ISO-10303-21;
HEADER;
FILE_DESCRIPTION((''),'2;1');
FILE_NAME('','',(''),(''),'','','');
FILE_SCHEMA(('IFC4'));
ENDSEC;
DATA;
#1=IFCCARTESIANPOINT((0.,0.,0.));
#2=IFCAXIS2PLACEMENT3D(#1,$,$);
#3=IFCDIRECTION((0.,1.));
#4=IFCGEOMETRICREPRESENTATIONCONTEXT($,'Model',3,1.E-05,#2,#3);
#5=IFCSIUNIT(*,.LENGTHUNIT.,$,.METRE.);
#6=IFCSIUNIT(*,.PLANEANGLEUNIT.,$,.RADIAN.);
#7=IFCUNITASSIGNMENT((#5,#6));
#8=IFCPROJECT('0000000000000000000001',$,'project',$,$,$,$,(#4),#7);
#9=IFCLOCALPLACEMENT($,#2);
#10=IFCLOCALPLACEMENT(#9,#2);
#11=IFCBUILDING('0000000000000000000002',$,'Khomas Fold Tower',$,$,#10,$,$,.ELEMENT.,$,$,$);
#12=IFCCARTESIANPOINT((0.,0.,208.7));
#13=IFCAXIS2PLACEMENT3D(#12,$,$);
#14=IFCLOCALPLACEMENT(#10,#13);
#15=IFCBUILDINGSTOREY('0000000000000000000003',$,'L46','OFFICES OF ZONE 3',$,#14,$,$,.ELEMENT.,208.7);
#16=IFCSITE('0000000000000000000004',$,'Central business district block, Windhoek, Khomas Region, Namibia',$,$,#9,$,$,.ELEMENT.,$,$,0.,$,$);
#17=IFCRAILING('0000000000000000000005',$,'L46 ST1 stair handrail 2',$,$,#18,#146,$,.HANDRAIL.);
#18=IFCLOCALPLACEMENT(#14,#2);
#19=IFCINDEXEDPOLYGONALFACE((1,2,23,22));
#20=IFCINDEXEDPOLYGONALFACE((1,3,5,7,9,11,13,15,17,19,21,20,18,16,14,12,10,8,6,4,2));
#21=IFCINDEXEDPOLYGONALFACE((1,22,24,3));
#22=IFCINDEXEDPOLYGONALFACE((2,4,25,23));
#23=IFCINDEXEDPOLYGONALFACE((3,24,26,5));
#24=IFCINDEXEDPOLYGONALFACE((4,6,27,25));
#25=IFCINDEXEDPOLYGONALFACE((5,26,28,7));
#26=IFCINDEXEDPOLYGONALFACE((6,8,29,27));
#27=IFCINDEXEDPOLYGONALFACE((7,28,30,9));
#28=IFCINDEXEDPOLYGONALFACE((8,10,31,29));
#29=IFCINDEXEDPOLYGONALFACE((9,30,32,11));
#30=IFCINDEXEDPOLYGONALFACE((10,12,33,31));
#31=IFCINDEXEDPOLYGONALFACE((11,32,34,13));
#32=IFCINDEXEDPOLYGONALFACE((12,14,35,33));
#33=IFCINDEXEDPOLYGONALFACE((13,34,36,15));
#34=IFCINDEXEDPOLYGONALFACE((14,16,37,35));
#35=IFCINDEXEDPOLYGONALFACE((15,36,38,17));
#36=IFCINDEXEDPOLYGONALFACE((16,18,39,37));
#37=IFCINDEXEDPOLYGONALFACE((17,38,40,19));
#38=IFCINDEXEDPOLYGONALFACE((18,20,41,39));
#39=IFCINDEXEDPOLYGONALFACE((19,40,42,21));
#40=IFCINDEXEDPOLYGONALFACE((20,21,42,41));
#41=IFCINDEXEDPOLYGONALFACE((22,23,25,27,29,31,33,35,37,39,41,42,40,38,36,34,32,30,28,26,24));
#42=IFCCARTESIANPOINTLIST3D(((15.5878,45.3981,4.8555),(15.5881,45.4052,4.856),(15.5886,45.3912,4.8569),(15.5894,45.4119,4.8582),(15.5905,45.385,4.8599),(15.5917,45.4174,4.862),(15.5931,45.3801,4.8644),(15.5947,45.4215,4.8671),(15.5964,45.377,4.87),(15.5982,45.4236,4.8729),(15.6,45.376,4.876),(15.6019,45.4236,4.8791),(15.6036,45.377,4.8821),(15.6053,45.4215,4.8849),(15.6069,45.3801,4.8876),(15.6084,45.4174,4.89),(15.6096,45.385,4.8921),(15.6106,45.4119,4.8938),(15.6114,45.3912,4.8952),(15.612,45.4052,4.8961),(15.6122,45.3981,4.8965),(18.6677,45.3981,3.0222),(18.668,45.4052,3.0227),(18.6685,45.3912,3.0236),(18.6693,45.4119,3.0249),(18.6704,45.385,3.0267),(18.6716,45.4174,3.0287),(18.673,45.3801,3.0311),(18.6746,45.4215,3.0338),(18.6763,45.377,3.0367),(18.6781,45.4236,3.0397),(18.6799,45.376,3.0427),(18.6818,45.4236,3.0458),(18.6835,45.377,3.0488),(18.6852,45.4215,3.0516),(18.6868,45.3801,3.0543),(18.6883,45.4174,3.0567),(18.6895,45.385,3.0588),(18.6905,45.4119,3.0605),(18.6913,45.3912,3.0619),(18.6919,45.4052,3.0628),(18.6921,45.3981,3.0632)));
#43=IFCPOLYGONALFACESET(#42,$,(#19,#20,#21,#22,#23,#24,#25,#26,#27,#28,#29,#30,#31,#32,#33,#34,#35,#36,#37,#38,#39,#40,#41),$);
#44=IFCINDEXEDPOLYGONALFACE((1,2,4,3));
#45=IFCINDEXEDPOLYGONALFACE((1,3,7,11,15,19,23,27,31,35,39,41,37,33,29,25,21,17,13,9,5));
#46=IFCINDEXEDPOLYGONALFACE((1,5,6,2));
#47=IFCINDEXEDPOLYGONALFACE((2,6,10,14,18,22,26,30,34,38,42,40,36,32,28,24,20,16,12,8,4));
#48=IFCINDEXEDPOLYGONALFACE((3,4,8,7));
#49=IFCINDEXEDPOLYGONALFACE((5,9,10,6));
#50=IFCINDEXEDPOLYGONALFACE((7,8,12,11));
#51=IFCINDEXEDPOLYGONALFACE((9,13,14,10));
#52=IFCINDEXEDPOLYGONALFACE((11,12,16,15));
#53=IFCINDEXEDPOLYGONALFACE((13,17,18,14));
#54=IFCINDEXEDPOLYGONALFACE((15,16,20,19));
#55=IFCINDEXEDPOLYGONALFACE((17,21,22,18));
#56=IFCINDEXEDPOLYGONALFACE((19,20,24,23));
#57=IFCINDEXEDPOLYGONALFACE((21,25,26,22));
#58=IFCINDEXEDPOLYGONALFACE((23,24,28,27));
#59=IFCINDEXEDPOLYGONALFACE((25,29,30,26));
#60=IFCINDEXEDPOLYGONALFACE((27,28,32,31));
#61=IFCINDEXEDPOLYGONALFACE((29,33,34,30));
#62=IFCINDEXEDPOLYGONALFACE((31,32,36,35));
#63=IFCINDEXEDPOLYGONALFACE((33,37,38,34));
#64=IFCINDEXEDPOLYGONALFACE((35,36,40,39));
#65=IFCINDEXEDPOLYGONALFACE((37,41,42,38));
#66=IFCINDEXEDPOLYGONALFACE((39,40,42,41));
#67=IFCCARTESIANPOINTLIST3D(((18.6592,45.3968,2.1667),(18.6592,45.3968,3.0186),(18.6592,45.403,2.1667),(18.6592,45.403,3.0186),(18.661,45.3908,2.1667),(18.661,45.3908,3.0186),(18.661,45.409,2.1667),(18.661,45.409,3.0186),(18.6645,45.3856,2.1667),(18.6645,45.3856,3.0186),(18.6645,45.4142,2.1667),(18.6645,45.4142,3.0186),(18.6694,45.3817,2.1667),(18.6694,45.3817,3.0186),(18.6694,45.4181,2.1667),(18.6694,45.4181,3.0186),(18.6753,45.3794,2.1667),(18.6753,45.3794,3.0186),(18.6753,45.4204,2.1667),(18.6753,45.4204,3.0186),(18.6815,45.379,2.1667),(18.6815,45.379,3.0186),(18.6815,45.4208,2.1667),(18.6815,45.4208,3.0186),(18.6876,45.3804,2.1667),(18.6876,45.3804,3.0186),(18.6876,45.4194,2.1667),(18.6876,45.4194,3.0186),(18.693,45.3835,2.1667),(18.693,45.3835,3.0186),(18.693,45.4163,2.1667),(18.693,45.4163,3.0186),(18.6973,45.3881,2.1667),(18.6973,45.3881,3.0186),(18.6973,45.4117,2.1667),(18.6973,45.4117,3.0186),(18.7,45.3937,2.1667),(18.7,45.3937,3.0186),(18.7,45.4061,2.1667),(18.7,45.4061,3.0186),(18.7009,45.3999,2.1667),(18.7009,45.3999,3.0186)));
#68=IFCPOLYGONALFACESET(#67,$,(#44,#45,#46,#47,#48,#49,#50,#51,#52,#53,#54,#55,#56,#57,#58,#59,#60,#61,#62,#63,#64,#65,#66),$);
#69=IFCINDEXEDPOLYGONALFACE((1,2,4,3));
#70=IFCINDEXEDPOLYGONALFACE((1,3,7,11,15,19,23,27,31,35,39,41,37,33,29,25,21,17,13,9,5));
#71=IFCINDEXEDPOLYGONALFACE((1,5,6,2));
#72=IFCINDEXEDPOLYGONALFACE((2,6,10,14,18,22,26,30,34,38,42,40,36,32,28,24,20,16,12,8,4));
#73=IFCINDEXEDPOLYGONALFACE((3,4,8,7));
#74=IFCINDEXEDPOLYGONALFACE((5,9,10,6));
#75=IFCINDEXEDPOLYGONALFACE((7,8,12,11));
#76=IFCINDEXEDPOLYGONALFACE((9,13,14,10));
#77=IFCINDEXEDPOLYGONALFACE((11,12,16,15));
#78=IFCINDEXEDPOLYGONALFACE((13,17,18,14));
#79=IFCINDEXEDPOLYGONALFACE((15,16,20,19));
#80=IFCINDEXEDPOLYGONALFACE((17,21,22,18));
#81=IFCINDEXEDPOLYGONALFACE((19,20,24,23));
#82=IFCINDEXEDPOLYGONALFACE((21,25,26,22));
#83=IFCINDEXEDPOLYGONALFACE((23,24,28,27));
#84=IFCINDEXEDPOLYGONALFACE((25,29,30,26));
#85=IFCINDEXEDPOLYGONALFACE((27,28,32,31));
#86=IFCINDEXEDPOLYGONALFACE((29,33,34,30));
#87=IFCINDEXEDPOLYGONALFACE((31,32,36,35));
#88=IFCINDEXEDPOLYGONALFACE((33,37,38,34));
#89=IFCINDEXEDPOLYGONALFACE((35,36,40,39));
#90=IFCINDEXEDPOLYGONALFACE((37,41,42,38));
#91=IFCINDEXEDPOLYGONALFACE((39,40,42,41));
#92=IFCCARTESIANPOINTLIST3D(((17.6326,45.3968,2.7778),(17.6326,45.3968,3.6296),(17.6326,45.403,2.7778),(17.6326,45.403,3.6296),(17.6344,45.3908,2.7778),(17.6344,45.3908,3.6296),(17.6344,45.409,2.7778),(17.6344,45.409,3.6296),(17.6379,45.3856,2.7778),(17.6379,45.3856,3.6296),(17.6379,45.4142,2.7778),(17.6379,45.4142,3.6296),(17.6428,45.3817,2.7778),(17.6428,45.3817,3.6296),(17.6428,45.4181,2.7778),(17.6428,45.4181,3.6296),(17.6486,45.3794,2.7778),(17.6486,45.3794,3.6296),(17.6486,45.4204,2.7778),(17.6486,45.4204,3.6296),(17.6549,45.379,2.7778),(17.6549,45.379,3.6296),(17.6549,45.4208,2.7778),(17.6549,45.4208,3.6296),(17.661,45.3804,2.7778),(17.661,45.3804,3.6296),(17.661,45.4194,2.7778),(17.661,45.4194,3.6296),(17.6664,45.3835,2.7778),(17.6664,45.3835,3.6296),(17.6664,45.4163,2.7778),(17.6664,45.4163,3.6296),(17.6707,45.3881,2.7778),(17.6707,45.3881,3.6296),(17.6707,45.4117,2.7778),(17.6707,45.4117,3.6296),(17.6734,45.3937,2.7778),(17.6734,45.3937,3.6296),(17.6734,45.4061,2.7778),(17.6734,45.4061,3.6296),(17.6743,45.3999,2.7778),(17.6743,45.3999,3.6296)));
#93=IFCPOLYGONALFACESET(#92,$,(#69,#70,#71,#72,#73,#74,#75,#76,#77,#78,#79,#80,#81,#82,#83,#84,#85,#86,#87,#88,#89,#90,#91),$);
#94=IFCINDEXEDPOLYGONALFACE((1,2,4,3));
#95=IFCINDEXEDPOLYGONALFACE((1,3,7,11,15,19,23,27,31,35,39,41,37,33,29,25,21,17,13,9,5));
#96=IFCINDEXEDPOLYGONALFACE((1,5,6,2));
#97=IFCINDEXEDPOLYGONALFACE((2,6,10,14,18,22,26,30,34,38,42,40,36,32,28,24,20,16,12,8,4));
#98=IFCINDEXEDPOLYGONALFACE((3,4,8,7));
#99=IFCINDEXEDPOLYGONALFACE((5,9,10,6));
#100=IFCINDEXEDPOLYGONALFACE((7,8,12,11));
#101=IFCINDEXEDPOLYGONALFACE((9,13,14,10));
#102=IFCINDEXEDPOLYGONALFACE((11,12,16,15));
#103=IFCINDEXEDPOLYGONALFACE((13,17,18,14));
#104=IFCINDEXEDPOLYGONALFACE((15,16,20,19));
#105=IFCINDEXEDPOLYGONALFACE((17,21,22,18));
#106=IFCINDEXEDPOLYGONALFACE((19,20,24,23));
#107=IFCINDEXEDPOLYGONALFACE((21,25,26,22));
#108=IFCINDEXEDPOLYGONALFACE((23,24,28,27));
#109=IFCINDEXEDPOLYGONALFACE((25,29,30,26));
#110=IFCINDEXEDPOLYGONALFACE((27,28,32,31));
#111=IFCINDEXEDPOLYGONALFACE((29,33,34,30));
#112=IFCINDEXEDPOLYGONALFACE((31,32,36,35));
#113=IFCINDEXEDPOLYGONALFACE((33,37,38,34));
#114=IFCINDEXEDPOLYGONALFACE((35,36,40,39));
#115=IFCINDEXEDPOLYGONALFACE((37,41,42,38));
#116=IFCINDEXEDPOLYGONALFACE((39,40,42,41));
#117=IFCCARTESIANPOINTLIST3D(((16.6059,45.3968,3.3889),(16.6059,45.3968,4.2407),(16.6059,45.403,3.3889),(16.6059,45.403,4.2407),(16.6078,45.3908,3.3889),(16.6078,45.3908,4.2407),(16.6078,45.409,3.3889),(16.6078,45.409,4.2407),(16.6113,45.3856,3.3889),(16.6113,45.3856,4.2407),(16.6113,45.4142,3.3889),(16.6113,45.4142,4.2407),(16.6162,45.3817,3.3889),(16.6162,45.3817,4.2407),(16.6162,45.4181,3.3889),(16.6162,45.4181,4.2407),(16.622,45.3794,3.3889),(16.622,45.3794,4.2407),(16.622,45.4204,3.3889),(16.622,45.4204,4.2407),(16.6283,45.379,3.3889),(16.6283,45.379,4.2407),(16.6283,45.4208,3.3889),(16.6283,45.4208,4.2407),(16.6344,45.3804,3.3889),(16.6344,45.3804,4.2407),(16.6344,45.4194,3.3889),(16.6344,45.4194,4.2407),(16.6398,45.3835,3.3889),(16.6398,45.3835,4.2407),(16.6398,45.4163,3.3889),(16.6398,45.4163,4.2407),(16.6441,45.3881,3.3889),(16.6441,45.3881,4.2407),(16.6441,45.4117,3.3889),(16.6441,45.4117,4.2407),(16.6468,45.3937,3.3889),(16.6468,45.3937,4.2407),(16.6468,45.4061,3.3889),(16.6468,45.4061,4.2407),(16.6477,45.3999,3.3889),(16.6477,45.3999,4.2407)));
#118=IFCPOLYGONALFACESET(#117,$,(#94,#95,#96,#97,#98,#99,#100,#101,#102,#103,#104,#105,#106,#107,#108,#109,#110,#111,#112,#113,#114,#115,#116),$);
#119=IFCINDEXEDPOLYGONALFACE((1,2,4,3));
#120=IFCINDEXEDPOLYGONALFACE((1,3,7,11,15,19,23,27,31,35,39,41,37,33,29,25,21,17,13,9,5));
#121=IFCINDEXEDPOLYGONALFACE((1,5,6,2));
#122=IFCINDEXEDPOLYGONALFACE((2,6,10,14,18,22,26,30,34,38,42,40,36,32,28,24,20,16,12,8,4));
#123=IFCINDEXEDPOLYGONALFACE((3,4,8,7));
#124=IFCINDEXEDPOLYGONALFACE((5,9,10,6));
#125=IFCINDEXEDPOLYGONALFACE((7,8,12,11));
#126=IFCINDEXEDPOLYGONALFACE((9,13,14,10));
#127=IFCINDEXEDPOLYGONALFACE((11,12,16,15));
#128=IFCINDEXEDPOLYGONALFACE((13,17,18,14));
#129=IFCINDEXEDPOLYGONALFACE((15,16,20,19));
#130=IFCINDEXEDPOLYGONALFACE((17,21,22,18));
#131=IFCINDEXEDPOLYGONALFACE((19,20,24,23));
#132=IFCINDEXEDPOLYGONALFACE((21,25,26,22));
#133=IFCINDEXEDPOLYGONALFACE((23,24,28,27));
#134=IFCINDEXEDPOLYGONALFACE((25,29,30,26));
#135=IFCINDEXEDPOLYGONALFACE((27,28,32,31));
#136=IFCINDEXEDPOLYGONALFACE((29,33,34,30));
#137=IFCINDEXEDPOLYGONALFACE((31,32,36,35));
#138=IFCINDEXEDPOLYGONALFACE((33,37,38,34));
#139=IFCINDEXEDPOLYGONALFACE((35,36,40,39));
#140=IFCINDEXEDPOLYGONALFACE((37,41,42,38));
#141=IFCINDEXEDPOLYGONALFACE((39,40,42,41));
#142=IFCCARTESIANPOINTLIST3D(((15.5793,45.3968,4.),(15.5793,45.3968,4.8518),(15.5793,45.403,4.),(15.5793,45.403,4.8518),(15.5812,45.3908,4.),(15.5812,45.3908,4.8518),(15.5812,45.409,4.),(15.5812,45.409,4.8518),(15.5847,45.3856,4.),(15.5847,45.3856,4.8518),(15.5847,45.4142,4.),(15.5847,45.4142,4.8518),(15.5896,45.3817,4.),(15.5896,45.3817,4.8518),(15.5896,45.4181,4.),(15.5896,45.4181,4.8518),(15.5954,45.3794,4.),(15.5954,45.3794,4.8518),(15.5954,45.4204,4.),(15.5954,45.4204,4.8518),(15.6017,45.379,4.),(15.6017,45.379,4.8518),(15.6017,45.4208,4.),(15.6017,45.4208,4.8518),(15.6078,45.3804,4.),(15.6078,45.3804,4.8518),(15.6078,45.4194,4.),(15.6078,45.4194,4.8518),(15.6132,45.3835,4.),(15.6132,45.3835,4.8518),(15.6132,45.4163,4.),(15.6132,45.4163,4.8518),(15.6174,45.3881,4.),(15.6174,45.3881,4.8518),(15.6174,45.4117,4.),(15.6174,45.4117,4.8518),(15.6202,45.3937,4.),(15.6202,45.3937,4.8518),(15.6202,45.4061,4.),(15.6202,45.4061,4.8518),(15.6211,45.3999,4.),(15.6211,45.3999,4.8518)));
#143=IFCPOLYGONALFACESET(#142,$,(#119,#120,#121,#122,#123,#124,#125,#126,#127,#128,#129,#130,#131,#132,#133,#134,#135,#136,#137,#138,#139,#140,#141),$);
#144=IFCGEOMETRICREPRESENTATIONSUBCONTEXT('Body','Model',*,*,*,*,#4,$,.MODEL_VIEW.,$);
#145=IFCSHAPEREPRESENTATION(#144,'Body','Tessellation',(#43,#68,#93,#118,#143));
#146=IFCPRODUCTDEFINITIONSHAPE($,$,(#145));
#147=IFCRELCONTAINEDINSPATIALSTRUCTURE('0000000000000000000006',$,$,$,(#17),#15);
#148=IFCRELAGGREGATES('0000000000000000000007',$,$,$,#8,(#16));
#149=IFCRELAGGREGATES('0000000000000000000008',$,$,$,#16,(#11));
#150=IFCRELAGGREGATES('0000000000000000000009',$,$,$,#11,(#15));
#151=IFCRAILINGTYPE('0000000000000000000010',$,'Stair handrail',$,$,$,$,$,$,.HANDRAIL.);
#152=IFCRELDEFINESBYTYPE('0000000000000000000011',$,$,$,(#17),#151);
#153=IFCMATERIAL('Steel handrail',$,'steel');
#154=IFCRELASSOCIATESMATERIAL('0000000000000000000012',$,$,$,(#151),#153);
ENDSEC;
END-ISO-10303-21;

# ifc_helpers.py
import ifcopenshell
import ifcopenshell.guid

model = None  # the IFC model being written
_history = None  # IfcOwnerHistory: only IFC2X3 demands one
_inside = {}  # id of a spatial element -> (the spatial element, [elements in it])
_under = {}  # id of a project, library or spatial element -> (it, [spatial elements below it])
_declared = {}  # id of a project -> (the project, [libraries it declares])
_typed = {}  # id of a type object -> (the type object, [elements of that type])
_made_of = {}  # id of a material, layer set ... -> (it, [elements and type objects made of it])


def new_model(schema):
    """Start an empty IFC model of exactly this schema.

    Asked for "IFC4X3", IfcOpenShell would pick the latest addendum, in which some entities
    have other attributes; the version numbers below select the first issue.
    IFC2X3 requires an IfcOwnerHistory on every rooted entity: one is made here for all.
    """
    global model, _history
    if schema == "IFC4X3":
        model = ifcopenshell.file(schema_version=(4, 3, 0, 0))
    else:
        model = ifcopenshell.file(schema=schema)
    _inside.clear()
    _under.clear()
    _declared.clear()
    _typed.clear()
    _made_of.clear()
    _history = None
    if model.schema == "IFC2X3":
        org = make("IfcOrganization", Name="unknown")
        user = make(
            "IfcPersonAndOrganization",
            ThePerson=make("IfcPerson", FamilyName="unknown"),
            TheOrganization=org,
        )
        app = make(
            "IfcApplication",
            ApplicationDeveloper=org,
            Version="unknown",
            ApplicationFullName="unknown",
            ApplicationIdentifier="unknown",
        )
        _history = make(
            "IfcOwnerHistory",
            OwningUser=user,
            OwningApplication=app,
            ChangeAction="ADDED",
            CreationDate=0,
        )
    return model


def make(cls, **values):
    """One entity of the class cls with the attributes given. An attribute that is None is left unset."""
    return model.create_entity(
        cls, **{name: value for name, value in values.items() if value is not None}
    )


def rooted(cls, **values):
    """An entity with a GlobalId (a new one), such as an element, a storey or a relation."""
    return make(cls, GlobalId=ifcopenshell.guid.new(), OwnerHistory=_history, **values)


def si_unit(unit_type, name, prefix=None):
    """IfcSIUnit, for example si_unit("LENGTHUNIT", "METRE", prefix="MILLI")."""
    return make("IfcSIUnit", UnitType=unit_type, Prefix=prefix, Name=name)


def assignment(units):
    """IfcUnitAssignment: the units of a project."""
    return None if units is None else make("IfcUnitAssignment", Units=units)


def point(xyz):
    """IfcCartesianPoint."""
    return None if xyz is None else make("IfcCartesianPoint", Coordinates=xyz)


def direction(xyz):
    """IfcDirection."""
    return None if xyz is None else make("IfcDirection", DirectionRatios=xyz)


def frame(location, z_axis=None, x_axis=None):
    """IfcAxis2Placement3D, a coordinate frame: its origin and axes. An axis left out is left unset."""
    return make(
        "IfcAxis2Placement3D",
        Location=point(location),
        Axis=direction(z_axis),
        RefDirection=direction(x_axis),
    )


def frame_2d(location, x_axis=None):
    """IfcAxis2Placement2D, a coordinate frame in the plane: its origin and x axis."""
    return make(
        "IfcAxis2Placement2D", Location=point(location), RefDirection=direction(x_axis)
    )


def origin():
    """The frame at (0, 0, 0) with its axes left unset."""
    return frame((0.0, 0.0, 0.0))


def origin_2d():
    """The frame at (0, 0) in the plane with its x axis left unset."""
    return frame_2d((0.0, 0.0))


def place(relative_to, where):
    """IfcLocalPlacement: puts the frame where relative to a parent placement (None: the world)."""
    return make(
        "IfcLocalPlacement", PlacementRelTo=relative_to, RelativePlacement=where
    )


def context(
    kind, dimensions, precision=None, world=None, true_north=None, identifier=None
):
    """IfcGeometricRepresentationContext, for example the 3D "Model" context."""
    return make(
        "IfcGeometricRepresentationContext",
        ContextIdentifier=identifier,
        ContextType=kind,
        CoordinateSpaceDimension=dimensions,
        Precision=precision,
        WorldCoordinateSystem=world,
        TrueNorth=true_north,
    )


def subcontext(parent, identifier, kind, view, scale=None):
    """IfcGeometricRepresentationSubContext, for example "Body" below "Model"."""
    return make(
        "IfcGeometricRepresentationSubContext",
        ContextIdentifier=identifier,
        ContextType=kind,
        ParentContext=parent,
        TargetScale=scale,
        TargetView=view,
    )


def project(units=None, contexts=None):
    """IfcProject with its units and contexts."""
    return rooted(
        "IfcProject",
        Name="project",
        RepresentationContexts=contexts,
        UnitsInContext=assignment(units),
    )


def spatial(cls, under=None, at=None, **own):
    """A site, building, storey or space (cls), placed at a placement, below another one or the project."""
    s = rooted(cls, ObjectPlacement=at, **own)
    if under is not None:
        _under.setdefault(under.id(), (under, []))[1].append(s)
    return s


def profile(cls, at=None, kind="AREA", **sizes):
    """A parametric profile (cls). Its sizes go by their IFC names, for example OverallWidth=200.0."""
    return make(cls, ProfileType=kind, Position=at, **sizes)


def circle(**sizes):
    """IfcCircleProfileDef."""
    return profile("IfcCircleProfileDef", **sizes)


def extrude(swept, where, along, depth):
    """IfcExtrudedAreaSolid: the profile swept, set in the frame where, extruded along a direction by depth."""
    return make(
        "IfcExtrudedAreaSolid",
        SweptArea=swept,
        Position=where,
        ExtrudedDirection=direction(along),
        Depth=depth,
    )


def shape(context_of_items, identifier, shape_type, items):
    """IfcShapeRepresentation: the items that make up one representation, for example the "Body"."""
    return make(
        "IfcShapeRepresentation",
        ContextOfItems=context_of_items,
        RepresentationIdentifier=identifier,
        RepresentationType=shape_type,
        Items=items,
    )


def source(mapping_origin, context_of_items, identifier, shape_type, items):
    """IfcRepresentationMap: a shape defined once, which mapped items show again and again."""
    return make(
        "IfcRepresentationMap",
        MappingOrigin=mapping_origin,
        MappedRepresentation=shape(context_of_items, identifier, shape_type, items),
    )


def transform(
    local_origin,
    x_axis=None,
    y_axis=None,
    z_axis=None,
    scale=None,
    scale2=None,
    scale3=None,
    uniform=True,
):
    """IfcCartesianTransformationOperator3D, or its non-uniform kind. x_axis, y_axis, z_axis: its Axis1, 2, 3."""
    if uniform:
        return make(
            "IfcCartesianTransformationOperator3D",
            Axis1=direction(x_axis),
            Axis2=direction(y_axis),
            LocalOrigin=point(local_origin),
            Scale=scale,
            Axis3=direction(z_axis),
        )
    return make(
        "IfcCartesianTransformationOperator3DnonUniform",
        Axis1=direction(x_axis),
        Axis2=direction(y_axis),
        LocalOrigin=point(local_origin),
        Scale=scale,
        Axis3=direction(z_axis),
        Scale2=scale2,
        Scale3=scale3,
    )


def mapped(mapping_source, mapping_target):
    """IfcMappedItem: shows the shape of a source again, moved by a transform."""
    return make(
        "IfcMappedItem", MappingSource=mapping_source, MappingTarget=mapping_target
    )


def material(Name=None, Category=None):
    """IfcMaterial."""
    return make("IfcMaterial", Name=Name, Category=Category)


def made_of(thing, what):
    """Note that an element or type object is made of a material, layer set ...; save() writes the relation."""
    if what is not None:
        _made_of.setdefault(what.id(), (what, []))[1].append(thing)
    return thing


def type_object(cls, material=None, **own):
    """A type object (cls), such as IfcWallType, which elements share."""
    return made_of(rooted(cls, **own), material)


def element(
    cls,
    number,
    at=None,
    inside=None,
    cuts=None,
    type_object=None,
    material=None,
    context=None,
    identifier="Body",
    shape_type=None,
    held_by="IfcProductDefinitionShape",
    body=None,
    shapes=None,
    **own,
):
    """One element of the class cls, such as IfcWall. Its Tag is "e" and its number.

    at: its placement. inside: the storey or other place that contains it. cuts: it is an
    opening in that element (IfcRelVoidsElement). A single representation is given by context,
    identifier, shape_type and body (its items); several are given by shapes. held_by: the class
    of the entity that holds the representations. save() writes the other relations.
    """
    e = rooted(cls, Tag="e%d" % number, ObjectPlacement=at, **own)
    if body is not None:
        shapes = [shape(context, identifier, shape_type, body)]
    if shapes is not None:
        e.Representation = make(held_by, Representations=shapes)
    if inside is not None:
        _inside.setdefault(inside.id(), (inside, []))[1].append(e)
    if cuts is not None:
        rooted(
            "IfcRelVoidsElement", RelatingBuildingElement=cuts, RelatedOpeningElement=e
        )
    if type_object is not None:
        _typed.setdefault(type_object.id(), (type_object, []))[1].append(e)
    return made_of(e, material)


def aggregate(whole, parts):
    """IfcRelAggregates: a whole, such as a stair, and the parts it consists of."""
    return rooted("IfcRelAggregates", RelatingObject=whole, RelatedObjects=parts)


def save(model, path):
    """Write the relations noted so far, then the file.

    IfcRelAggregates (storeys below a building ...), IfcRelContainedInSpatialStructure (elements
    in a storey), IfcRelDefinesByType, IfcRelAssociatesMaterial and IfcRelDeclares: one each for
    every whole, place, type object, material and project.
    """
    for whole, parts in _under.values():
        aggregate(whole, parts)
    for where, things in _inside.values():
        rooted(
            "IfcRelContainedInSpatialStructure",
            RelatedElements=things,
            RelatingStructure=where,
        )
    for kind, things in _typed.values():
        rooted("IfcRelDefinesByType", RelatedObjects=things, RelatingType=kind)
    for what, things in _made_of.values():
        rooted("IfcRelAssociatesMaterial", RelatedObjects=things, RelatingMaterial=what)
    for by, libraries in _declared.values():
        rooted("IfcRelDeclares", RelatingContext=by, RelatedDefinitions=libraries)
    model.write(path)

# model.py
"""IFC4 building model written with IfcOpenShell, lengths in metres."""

from ifc_helpers import new_model, si_unit, direction, frame, origin, origin_2d, place, context, subcontext, project, spatial, circle, extrude, source, transform, mapped, material, type_object, element, save


model = new_model("IFC4")

# Units and contexts
model_context = context("Model", 3, precision=1e-05, world=origin(), true_north=direction((0.0, 1.0)))
body_context = subcontext(model_context, "Body", "Model", "MODEL_VIEW")
ifc_project = project(units=[si_unit("LENGTHUNIT", "METRE"), si_unit("PLANEANGLEUNIT", "RADIAN")], contexts=[model_context])

# Site, building, storey
site_placement = place(None, origin())
site = spatial("IfcSite", under=ifc_project, at=site_placement, Name="Central business district block, Windhoek, Khomas Region, Namibia", CompositionType="ELEMENT", RefElevation=0.0)
building_placement = place(site_placement, origin())
building = spatial("IfcBuilding", under=site, at=building_placement, Name="Khomas Fold Tower", CompositionType="ELEMENT")
storey_placement = place(building_placement, frame((0.0, 0.0, 208.7)))
storey = spatial("IfcBuildingStorey", under=building, at=storey_placement, Name="L46", Description="OFFICES OF ZONE 3", CompositionType="ELEMENT", Elevation=208.7)

# Railing
ifc_material_1 = material(Name="Steel handrail", Category="steel")
railing_type_1 = type_object("IfcRailingType", Name="Stair handrail", PredefinedType="HANDRAIL", material=ifc_material_1)
shared_shape_1 = source(origin(), body_context, "Body", "SweptSolid", [
    extrude(circle(Radius=0.0239, at=origin_2d()), frame((0.0, 0.0, 0.876), z_axis=(-0.859291, 0.0, 0.511487), x_axis=(0.0, -1.0, 0.0)), (0.0, 0.0, 1.0), 3.5842),
    extrude(circle(Radius=0.021, at=origin_2d()), origin(), (0.0, 0.0, 1.0), 0.8518),
    extrude(circle(Radius=0.021, at=origin_2d()), frame((-1.0266, 0.0, 0.6111)), (0.0, 0.0, 1.0), 0.8518),
    extrude(circle(Radius=0.021, at=origin_2d()), frame((-2.0532, 0.0, 1.2222)), (0.0, 0.0, 1.0), 0.8518),
    extrude(circle(Radius=0.021, at=origin_2d()), frame((-3.0798, 0.0, 1.8333)), (0.0, 0.0, 1.0), 0.8518),
])
railing_1_placement = place(storey_placement, frame((18.6799, 45.3999, 2.1667)))
element("IfcRailing", 1, at=railing_1_placement, inside=storey, type_object=railing_type_1, Name="L46 ST1 stair handrail 2", PredefinedType="HANDRAIL", context=body_context, shape_type="MappedRepresentation", body=[
    mapped(shared_shape_1, transform((0.0, 0.0, 0.0))),
])

save(model, "model.ifc")
